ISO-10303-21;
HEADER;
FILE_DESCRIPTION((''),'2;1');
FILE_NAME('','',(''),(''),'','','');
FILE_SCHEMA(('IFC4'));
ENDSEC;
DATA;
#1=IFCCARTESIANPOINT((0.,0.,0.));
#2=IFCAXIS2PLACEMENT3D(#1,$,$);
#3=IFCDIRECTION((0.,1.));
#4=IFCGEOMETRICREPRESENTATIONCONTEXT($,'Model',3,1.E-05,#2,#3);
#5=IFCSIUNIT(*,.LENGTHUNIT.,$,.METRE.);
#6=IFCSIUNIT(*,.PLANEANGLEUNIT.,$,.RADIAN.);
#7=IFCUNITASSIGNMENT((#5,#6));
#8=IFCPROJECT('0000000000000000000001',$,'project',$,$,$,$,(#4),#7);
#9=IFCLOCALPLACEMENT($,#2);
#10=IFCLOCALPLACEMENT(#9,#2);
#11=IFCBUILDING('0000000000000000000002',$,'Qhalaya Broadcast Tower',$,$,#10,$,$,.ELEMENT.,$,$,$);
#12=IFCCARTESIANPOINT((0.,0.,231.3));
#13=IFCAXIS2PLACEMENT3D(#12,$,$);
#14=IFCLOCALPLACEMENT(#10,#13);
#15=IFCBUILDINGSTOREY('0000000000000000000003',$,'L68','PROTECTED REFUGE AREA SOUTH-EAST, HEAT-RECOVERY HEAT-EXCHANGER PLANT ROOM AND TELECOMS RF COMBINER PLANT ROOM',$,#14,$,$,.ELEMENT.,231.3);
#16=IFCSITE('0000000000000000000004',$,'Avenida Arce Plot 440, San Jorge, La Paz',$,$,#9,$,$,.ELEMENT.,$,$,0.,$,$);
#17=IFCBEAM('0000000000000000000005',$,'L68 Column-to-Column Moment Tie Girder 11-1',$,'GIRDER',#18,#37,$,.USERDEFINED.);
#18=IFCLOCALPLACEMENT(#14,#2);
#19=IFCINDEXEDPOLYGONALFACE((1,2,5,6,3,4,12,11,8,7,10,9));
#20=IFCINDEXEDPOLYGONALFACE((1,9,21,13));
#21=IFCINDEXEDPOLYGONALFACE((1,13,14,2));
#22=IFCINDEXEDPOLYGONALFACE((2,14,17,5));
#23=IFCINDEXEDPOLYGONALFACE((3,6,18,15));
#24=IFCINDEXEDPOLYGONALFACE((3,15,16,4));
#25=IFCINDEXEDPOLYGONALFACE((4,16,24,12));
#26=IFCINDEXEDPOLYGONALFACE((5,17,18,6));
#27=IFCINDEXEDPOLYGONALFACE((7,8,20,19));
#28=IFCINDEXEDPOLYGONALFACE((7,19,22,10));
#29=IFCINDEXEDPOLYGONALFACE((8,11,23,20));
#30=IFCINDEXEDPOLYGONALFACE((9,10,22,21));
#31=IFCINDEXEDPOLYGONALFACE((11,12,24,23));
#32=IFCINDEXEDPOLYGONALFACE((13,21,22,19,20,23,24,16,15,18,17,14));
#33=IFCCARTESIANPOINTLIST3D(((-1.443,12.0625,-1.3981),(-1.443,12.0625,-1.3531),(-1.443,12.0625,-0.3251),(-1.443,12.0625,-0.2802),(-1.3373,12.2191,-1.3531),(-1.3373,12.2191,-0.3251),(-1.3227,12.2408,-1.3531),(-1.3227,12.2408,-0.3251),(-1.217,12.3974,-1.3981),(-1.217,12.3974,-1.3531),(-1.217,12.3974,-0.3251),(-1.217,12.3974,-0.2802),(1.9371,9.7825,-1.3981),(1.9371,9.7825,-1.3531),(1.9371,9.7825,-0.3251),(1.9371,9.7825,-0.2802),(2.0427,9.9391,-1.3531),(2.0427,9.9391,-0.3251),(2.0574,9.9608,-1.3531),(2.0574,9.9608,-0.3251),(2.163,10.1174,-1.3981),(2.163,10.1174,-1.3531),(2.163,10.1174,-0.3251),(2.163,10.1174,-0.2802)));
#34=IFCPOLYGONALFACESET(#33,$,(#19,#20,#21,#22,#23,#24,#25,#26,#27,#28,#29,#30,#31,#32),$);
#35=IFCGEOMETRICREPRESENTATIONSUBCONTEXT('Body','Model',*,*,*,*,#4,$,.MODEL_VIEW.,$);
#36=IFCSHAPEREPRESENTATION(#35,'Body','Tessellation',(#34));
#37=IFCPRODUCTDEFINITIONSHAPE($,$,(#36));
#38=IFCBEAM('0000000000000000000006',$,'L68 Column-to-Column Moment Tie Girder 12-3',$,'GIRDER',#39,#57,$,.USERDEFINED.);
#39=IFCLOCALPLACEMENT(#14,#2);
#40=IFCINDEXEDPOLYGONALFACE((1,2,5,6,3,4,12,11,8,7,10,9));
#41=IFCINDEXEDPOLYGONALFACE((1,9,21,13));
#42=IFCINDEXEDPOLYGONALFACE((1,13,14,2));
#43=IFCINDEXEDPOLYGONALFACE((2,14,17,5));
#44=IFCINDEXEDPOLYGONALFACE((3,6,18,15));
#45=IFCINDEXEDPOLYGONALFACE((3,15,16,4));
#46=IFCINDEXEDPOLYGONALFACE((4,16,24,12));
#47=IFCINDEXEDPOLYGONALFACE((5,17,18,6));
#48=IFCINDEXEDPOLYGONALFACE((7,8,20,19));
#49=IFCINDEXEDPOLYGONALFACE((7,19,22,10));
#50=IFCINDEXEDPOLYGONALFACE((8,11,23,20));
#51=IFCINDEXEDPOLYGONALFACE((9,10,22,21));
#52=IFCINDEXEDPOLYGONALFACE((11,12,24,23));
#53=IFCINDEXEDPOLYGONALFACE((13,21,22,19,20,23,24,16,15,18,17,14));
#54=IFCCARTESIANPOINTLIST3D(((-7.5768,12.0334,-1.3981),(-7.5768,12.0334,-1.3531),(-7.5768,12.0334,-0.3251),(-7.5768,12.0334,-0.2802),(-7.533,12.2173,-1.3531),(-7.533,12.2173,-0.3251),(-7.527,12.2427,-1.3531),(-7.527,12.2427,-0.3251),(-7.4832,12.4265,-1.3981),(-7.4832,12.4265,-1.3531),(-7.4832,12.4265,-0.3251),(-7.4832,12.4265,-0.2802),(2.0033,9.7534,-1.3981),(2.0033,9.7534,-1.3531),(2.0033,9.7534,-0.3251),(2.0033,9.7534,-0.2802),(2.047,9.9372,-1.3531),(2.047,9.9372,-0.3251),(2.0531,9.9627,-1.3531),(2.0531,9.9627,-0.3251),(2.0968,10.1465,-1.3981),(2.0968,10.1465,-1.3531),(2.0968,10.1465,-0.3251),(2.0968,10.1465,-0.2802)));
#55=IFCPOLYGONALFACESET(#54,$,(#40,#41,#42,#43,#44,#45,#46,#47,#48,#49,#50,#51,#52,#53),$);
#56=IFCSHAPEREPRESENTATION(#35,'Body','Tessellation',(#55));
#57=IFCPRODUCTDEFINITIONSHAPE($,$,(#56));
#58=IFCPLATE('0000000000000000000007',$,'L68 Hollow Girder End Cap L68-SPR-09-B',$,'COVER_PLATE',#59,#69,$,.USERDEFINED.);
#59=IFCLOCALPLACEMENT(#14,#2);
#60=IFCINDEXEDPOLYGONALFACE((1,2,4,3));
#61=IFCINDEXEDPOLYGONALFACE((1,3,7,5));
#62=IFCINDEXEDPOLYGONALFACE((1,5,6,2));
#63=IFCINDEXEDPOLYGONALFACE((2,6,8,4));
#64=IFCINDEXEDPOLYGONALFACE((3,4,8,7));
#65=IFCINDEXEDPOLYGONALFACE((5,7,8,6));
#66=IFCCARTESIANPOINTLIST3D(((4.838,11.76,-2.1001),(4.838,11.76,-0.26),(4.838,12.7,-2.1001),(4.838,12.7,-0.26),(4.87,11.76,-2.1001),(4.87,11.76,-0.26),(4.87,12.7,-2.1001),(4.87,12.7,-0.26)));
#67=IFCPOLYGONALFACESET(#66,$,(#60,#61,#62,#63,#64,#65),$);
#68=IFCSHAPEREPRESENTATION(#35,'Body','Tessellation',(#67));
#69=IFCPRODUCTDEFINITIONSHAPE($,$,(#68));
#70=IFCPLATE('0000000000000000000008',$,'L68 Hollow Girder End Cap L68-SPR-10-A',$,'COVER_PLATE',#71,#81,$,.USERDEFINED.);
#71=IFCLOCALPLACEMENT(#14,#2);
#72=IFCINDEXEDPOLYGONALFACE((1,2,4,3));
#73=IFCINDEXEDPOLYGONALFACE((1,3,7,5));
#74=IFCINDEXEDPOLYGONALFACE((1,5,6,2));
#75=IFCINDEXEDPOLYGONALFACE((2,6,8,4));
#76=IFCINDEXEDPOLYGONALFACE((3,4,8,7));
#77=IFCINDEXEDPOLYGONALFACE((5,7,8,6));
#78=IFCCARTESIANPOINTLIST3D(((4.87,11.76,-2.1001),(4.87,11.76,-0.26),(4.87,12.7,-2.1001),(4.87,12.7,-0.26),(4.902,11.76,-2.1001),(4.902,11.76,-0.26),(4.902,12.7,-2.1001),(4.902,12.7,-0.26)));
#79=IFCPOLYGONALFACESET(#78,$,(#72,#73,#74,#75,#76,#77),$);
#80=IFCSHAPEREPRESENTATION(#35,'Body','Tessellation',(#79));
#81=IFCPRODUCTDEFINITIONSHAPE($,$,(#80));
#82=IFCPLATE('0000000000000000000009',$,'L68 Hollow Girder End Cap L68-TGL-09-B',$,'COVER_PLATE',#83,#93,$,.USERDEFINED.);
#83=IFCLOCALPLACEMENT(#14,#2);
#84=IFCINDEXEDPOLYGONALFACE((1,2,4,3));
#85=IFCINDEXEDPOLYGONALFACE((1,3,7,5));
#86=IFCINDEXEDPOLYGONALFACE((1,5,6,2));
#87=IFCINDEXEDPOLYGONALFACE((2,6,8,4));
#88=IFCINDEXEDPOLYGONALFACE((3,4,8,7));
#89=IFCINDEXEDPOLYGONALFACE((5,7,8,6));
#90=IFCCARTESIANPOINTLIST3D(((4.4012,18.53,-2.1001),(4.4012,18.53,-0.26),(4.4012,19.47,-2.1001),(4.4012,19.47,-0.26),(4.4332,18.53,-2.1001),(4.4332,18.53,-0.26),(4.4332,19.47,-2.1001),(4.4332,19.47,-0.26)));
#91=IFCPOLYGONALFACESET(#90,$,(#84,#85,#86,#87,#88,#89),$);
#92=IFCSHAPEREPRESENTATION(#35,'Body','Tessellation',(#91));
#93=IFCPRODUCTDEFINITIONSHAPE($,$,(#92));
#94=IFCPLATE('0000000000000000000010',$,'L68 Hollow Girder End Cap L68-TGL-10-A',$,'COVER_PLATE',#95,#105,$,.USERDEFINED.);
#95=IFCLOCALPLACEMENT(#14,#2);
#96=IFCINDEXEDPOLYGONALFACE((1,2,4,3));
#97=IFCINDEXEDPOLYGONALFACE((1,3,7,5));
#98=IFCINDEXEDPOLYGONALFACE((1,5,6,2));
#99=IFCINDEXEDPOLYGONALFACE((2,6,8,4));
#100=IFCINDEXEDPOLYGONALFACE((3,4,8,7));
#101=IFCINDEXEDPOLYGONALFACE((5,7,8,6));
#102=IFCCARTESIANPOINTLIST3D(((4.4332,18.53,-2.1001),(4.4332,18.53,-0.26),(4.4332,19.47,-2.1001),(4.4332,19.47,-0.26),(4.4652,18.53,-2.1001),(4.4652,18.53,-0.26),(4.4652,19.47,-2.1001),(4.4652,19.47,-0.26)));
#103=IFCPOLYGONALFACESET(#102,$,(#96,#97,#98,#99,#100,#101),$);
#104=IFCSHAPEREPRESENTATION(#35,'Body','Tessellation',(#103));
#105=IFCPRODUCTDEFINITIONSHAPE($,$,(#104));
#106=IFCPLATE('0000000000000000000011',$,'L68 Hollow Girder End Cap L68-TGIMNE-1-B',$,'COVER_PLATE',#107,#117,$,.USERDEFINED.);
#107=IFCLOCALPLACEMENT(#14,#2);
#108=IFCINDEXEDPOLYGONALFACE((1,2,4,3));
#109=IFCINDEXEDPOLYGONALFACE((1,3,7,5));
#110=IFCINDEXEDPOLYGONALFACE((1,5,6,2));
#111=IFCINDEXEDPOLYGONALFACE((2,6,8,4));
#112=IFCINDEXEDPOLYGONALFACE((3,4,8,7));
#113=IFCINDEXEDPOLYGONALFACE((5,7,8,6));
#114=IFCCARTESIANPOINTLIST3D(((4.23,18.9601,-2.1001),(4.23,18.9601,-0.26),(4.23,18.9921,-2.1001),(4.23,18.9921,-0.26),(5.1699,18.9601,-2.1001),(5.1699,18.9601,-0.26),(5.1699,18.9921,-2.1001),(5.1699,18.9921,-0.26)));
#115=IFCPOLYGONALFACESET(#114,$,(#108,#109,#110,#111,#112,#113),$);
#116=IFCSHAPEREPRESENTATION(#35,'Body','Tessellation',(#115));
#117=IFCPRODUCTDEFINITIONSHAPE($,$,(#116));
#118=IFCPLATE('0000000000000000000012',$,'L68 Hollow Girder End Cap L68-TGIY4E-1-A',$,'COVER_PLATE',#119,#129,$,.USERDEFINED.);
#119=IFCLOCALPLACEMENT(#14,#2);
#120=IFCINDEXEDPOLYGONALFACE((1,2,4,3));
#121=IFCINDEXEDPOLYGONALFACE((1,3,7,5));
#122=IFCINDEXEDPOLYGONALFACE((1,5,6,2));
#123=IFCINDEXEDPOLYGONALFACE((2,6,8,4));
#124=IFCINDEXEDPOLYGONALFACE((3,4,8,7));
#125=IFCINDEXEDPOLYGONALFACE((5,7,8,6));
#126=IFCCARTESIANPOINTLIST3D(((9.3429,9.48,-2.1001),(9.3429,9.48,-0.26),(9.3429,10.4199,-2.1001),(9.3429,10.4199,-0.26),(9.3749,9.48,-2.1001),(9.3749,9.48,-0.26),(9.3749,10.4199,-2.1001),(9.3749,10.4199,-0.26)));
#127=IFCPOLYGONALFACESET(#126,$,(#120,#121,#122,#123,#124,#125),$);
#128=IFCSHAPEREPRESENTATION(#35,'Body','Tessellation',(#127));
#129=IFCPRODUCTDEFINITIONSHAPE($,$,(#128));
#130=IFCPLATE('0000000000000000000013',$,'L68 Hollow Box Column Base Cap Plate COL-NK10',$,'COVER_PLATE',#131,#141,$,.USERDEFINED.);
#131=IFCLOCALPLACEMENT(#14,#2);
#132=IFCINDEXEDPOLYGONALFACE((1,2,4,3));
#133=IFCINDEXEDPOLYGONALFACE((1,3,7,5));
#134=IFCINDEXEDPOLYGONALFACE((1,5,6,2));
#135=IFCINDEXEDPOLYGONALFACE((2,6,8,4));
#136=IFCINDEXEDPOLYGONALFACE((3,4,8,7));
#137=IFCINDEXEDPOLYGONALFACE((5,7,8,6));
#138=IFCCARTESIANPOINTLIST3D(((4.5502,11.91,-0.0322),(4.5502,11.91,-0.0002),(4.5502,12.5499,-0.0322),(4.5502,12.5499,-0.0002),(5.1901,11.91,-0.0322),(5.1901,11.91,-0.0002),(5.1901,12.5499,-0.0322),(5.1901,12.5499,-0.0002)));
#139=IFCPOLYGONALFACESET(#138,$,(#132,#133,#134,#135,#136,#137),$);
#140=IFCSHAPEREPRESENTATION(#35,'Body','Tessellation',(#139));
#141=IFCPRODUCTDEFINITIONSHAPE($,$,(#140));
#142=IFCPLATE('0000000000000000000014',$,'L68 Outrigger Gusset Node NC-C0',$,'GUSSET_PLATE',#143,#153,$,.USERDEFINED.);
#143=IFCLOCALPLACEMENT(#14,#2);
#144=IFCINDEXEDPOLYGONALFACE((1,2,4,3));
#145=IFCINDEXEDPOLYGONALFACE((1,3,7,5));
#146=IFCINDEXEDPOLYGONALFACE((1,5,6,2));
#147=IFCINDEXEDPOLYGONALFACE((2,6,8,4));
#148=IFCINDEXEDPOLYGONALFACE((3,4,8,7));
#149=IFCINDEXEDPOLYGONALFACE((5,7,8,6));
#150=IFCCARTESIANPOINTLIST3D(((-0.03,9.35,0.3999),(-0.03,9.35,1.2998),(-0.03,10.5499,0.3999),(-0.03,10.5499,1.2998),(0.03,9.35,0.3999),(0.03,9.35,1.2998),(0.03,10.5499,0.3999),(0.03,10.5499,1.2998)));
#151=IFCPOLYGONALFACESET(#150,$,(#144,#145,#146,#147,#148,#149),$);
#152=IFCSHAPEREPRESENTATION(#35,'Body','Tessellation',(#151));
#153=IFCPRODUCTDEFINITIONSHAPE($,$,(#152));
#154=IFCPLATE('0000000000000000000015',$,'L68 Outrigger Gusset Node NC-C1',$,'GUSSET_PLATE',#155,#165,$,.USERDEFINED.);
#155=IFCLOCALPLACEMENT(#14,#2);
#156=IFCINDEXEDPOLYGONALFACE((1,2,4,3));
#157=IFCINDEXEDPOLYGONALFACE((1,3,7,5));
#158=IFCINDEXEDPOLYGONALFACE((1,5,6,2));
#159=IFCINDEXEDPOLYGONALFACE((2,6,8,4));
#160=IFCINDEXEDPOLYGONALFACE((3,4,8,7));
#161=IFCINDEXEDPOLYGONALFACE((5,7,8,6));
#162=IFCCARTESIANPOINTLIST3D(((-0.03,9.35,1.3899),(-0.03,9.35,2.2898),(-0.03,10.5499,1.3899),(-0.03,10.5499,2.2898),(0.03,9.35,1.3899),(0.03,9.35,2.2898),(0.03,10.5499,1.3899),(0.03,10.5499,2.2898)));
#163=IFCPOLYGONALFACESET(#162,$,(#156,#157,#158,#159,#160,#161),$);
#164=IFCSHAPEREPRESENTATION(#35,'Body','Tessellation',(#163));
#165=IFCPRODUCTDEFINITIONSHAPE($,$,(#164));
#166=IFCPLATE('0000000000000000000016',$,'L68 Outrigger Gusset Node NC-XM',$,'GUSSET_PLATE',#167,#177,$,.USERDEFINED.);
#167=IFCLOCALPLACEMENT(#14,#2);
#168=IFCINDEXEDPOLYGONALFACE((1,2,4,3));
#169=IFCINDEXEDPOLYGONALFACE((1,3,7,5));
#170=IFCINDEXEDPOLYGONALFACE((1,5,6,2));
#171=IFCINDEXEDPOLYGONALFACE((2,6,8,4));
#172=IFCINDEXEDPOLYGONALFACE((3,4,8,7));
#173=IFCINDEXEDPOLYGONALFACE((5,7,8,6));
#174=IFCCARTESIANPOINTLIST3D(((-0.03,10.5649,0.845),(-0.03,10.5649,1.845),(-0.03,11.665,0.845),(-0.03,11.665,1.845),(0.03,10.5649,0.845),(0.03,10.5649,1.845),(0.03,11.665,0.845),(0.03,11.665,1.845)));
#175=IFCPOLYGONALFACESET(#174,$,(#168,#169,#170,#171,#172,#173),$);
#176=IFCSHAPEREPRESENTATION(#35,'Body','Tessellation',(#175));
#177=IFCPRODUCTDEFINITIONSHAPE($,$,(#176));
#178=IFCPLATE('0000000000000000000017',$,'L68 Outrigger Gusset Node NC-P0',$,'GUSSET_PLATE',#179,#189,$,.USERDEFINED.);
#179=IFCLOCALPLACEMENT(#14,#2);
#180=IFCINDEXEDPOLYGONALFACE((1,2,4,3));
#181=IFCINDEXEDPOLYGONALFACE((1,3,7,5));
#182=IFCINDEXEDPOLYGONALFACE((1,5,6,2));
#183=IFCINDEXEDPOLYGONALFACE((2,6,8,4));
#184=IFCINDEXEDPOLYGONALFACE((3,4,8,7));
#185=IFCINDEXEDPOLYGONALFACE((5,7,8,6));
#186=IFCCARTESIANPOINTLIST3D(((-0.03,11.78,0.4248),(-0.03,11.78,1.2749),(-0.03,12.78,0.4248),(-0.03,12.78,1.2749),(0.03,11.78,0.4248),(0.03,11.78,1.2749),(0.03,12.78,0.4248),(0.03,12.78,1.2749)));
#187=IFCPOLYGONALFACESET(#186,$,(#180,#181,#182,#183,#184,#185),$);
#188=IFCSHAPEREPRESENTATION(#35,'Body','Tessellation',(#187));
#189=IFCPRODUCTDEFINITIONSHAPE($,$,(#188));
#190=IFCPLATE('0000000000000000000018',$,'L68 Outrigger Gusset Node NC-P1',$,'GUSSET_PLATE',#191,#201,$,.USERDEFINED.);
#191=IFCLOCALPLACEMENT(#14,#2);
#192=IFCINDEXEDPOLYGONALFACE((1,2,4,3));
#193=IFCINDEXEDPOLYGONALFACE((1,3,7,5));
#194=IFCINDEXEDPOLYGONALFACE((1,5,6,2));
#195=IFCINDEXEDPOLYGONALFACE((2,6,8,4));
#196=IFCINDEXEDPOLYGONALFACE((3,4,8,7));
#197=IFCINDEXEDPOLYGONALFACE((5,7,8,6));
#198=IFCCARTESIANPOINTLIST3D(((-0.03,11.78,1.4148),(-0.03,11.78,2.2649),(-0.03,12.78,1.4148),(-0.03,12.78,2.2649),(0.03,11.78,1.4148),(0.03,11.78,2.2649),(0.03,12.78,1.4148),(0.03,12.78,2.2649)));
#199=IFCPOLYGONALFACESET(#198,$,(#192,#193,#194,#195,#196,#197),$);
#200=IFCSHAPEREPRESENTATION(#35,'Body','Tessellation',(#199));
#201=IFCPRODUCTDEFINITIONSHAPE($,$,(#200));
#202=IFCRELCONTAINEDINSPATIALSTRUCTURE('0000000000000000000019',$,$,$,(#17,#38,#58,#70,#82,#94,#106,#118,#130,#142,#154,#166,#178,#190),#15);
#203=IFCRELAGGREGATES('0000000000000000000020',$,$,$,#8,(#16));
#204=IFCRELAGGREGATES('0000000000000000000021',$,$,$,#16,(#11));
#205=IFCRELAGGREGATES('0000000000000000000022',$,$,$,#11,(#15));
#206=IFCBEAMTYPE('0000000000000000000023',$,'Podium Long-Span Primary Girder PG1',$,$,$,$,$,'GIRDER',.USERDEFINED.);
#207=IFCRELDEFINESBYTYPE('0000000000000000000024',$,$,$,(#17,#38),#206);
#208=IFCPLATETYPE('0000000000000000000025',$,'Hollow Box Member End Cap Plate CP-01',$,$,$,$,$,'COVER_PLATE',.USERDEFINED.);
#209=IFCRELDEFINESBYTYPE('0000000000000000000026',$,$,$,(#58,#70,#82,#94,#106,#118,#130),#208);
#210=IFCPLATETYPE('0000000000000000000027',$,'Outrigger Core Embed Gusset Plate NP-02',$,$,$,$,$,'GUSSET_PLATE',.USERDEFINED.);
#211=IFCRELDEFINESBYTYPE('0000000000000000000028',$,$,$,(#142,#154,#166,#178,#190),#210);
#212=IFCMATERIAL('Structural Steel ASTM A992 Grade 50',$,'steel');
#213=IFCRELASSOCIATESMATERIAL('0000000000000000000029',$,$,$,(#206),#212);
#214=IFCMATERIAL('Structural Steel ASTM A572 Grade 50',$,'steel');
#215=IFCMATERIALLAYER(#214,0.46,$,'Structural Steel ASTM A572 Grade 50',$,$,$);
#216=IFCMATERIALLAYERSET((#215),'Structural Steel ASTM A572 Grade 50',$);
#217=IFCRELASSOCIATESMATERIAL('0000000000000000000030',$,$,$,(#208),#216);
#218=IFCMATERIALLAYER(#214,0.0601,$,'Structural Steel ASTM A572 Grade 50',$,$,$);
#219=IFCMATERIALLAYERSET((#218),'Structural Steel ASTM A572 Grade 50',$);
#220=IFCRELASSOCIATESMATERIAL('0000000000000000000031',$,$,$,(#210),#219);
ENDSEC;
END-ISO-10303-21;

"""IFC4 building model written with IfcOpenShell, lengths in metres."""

from ifc_helpers import new_model, si_unit, direction, frame, origin, origin_2d, place, context, subcontext, project, spatial, rectangle, i_section, extrude, material, layer, layer_set, material_profile, profile_set, type_object, element, save


model = new_model("IFC4")

# Units and contexts
model_context = context("Model", 3, precision=1e-05, world=origin(), true_north=direction((0.0, 1.0)))
body_context = subcontext(model_context, "Body", "Model", "MODEL_VIEW")
ifc_project = project(units=[si_unit("LENGTHUNIT", "METRE"), si_unit("PLANEANGLEUNIT", "RADIAN")], contexts=[model_context])

# Site, building, storey
site_placement = place(None, origin())
site = spatial("IfcSite", under=ifc_project, at=site_placement, Name="Avenida Arce Plot 440, San Jorge, La Paz", CompositionType="ELEMENT", RefElevation=0.0)
building_placement = place(site_placement, origin())
building = spatial("IfcBuilding", under=site, at=building_placement, Name="Qhalaya Broadcast Tower", CompositionType="ELEMENT")
storey_placement = place(building_placement, frame((0.0, 0.0, 231.3)))
storey = spatial("IfcBuildingStorey", under=building, at=storey_placement, Name="L68", Description="PROTECTED REFUGE AREA SOUTH-EAST, HEAT-RECOVERY HEAT-EXCHANGER PLANT ROOM AND TELECOMS RF COMBINER PLANT ROOM", CompositionType="ELEMENT", Elevation=231.3)

# Shared definitions
ifc_material_1 = material(Name="Structural Steel ASTM A572 Grade 50", Category="steel")

# Beams
ifc_material_2 = material(Name="Structural Steel ASTM A992 Grade 50", Category="steel")
ifc_material_profile_1 = material_profile(ifc_material_2, i_section(OverallWidth=0.4041, OverallDepth=1.1179, WebThickness=0.0261, FlangeThickness=0.0449, at=origin_2d()), Name="W44X335")
ifc_profile_set_1 = profile_set([ifc_material_profile_1], Name="Structural Steel ASTM A992 Grade 50")
beam_type_1 = type_object("IfcBeamType", Name="Podium Long-Span Primary Girder PG1", ElementType="GIRDER", PredefinedType="USERDEFINED", material=ifc_profile_set_1)
beam_1_placement = place(storey_placement, frame((2.05, 9.95, -0.8391), z_axis=(-0.829026, 0.559211, 0.0), x_axis=(-0.559211, -0.829026, 0.0)))
element("IfcBeam", 1, at=beam_1_placement, inside=storey, type_object=beam_type_1, Name="L68 Column-to-Column Moment Tie Girder 11-1", ObjectType="GIRDER", PredefinedType="USERDEFINED", context=body_context, shape_type="SweptSolid", body=[
    extrude(i_section(OverallWidth=0.4041, OverallDepth=1.1179, WebThickness=0.0261, FlangeThickness=0.0449, at=origin_2d()), origin(), (0.0, 0.0, 1.0), 4.0771),
])
beam_2_placement = place(storey_placement, frame((2.05, 9.95, -0.8391), z_axis=(-0.972828, 0.23153, 0.0), x_axis=(-0.23153, -0.972828, 0.0)))
element("IfcBeam", 2, at=beam_2_placement, inside=storey, type_object=beam_type_1, Name="L68 Column-to-Column Moment Tie Girder 12-3", ObjectType="GIRDER", PredefinedType="USERDEFINED", context=body_context, shape_type="SweptSolid", body=[
    extrude(i_section(OverallWidth=0.4041, OverallDepth=1.1179, WebThickness=0.0261, FlangeThickness=0.0449, at=origin_2d()), origin(), (0.0, 0.0, 1.0), 9.8477),
])

# Plates
ifc_layer_1 = layer(ifc_material_1, 0.46, Name="Structural Steel ASTM A572 Grade 50")
ifc_layer_set_1 = layer_set([ifc_layer_1], Name="Structural Steel ASTM A572 Grade 50")
plate_type_1 = type_object("IfcPlateType", Name="Hollow Box Member End Cap Plate CP-01", ElementType="COVER_PLATE", PredefinedType="USERDEFINED", material=ifc_layer_set_1)
for number, where, z_axis, x_axis, name in (
    (3, (4.854, 12.23, -2.1001), (0.0, 0.0, 1.0), (0.0, -1.0, 0.0), "L68 Hollow Girder End Cap L68-SPR-09-B"),
    (4, (4.886, 12.23, -2.1001), (0.0, 0.0, 1.0), (0.0, -1.0, 0.0), "L68 Hollow Girder End Cap L68-SPR-10-A"),
    (5, (4.4172, 19.0, -2.1001), (0.0, 0.0, 1.0), (0.0, -1.0, 0.0), "L68 Hollow Girder End Cap L68-TGL-09-B"),
    (6, (4.4492, 19.0, -2.1001), (0.0, 0.0, 1.0), (0.0, -1.0, 0.0), "L68 Hollow Girder End Cap L68-TGL-10-A"),
    (7, (4.7, 18.9761, -2.1001), (0.0, 0.0, 1.0), (-1.0, 0.0, 0.0), "L68 Hollow Girder End Cap L68-TGIMNE-1-B"),
    (8, (9.3589, 9.95, -2.1001), (0.0, 0.0, 1.0), (0.0, 1.0, 0.0), "L68 Hollow Girder End Cap L68-TGIY4E-1-A"),
):
    element("IfcPlate", number, at=place(storey_placement, frame(where, z_axis=z_axis, x_axis=x_axis)), inside=storey, type_object=plate_type_1, Name=name, ObjectType="COVER_PLATE", PredefinedType="USERDEFINED", context=body_context, shape_type="SweptSolid", body=[
        extrude(rectangle(XDim=0.9399, YDim=0.032, at=origin_2d()), origin(), (0.0, 0.0, 1.0), 1.8401),
    ])
plate_1_placement = place(storey_placement, frame((4.8701, 12.23, -0.0322), z_axis=(0.0, 0.0, 1.0), x_axis=(1.0, 0.0, 0.0)))
element("IfcPlate", 9, at=plate_1_placement, inside=storey, type_object=plate_type_1, Name="L68 Hollow Box Column Base Cap Plate COL-NK10", ObjectType="COVER_PLATE", PredefinedType="USERDEFINED", context=body_context, shape_type="SweptSolid", body=[
    extrude(rectangle(XDim=0.6399, YDim=0.6399, at=origin_2d()), origin(), (0.0, 0.0, 1.0), 0.032),
])
ifc_layer_2 = layer(ifc_material_1, 0.0601, Name="Structural Steel ASTM A572 Grade 50")
ifc_layer_set_2 = layer_set([ifc_layer_2], Name="Structural Steel ASTM A572 Grade 50")
plate_type_2 = type_object("IfcPlateType", Name="Outrigger Core Embed Gusset Plate NP-02", ElementType="GUSSET_PLATE", PredefinedType="USERDEFINED", material=ifc_layer_set_2)
for number, where, z_axis, x_axis, name in (
    (10, (0.0, 9.95, 0.3999), (0.0, 0.0, 1.0), (0.0, 1.0, 0.0), "L68 Outrigger Gusset Node NC-C0"),
    (11, (0.0, 9.95, 1.3899), (0.0, 0.0, 1.0), (0.0, 1.0, 0.0), "L68 Outrigger Gusset Node NC-C1"),
):
    element("IfcPlate", number, at=place(storey_placement, frame(where, z_axis=z_axis, x_axis=x_axis)), inside=storey, type_object=plate_type_2, Name=name, ObjectType="GUSSET_PLATE", PredefinedType="USERDEFINED", context=body_context, shape_type="SweptSolid", body=[
        extrude(rectangle(XDim=1.2, YDim=0.0601, at=origin_2d()), origin(), (0.0, 0.0, 1.0), 0.8999),
    ])
plate_2_placement = place(storey_placement, frame((0.0, 11.115, 0.845), z_axis=(0.0, 0.0, 1.0), x_axis=(0.0, 1.0, 0.0)))
element("IfcPlate", 12, at=plate_2_placement, inside=storey, type_object=plate_type_2, Name="L68 Outrigger Gusset Node NC-XM", ObjectType="GUSSET_PLATE", PredefinedType="USERDEFINED", context=body_context, shape_type="SweptSolid", body=[
    extrude(rectangle(XDim=1.1001, YDim=0.0601, at=origin_2d()), origin(), (0.0, 0.0, 1.0), 1.0),
])
for number, where, z_axis, x_axis, name in (
    (13, (0.0, 12.28, 0.4248), (0.0, 0.0, 1.0), (0.0, 1.0, 0.0), "L68 Outrigger Gusset Node NC-P0"),
    (14, (0.0, 12.28, 1.4148), (0.0, 0.0, 1.0), (0.0, 1.0, 0.0), "L68 Outrigger Gusset Node NC-P1"),
):
    element("IfcPlate", number, at=place(storey_placement, frame(where, z_axis=z_axis, x_axis=x_axis)), inside=storey, type_object=plate_type_2, Name=name, ObjectType="GUSSET_PLATE", PredefinedType="USERDEFINED", context=body_context, shape_type="SweptSolid", body=[
        extrude(rectangle(XDim=1.0, YDim=0.0601, at=origin_2d()), origin(), (0.0, 0.0, 1.0), 0.8501),
    ])

save(model, "model.ifc")
